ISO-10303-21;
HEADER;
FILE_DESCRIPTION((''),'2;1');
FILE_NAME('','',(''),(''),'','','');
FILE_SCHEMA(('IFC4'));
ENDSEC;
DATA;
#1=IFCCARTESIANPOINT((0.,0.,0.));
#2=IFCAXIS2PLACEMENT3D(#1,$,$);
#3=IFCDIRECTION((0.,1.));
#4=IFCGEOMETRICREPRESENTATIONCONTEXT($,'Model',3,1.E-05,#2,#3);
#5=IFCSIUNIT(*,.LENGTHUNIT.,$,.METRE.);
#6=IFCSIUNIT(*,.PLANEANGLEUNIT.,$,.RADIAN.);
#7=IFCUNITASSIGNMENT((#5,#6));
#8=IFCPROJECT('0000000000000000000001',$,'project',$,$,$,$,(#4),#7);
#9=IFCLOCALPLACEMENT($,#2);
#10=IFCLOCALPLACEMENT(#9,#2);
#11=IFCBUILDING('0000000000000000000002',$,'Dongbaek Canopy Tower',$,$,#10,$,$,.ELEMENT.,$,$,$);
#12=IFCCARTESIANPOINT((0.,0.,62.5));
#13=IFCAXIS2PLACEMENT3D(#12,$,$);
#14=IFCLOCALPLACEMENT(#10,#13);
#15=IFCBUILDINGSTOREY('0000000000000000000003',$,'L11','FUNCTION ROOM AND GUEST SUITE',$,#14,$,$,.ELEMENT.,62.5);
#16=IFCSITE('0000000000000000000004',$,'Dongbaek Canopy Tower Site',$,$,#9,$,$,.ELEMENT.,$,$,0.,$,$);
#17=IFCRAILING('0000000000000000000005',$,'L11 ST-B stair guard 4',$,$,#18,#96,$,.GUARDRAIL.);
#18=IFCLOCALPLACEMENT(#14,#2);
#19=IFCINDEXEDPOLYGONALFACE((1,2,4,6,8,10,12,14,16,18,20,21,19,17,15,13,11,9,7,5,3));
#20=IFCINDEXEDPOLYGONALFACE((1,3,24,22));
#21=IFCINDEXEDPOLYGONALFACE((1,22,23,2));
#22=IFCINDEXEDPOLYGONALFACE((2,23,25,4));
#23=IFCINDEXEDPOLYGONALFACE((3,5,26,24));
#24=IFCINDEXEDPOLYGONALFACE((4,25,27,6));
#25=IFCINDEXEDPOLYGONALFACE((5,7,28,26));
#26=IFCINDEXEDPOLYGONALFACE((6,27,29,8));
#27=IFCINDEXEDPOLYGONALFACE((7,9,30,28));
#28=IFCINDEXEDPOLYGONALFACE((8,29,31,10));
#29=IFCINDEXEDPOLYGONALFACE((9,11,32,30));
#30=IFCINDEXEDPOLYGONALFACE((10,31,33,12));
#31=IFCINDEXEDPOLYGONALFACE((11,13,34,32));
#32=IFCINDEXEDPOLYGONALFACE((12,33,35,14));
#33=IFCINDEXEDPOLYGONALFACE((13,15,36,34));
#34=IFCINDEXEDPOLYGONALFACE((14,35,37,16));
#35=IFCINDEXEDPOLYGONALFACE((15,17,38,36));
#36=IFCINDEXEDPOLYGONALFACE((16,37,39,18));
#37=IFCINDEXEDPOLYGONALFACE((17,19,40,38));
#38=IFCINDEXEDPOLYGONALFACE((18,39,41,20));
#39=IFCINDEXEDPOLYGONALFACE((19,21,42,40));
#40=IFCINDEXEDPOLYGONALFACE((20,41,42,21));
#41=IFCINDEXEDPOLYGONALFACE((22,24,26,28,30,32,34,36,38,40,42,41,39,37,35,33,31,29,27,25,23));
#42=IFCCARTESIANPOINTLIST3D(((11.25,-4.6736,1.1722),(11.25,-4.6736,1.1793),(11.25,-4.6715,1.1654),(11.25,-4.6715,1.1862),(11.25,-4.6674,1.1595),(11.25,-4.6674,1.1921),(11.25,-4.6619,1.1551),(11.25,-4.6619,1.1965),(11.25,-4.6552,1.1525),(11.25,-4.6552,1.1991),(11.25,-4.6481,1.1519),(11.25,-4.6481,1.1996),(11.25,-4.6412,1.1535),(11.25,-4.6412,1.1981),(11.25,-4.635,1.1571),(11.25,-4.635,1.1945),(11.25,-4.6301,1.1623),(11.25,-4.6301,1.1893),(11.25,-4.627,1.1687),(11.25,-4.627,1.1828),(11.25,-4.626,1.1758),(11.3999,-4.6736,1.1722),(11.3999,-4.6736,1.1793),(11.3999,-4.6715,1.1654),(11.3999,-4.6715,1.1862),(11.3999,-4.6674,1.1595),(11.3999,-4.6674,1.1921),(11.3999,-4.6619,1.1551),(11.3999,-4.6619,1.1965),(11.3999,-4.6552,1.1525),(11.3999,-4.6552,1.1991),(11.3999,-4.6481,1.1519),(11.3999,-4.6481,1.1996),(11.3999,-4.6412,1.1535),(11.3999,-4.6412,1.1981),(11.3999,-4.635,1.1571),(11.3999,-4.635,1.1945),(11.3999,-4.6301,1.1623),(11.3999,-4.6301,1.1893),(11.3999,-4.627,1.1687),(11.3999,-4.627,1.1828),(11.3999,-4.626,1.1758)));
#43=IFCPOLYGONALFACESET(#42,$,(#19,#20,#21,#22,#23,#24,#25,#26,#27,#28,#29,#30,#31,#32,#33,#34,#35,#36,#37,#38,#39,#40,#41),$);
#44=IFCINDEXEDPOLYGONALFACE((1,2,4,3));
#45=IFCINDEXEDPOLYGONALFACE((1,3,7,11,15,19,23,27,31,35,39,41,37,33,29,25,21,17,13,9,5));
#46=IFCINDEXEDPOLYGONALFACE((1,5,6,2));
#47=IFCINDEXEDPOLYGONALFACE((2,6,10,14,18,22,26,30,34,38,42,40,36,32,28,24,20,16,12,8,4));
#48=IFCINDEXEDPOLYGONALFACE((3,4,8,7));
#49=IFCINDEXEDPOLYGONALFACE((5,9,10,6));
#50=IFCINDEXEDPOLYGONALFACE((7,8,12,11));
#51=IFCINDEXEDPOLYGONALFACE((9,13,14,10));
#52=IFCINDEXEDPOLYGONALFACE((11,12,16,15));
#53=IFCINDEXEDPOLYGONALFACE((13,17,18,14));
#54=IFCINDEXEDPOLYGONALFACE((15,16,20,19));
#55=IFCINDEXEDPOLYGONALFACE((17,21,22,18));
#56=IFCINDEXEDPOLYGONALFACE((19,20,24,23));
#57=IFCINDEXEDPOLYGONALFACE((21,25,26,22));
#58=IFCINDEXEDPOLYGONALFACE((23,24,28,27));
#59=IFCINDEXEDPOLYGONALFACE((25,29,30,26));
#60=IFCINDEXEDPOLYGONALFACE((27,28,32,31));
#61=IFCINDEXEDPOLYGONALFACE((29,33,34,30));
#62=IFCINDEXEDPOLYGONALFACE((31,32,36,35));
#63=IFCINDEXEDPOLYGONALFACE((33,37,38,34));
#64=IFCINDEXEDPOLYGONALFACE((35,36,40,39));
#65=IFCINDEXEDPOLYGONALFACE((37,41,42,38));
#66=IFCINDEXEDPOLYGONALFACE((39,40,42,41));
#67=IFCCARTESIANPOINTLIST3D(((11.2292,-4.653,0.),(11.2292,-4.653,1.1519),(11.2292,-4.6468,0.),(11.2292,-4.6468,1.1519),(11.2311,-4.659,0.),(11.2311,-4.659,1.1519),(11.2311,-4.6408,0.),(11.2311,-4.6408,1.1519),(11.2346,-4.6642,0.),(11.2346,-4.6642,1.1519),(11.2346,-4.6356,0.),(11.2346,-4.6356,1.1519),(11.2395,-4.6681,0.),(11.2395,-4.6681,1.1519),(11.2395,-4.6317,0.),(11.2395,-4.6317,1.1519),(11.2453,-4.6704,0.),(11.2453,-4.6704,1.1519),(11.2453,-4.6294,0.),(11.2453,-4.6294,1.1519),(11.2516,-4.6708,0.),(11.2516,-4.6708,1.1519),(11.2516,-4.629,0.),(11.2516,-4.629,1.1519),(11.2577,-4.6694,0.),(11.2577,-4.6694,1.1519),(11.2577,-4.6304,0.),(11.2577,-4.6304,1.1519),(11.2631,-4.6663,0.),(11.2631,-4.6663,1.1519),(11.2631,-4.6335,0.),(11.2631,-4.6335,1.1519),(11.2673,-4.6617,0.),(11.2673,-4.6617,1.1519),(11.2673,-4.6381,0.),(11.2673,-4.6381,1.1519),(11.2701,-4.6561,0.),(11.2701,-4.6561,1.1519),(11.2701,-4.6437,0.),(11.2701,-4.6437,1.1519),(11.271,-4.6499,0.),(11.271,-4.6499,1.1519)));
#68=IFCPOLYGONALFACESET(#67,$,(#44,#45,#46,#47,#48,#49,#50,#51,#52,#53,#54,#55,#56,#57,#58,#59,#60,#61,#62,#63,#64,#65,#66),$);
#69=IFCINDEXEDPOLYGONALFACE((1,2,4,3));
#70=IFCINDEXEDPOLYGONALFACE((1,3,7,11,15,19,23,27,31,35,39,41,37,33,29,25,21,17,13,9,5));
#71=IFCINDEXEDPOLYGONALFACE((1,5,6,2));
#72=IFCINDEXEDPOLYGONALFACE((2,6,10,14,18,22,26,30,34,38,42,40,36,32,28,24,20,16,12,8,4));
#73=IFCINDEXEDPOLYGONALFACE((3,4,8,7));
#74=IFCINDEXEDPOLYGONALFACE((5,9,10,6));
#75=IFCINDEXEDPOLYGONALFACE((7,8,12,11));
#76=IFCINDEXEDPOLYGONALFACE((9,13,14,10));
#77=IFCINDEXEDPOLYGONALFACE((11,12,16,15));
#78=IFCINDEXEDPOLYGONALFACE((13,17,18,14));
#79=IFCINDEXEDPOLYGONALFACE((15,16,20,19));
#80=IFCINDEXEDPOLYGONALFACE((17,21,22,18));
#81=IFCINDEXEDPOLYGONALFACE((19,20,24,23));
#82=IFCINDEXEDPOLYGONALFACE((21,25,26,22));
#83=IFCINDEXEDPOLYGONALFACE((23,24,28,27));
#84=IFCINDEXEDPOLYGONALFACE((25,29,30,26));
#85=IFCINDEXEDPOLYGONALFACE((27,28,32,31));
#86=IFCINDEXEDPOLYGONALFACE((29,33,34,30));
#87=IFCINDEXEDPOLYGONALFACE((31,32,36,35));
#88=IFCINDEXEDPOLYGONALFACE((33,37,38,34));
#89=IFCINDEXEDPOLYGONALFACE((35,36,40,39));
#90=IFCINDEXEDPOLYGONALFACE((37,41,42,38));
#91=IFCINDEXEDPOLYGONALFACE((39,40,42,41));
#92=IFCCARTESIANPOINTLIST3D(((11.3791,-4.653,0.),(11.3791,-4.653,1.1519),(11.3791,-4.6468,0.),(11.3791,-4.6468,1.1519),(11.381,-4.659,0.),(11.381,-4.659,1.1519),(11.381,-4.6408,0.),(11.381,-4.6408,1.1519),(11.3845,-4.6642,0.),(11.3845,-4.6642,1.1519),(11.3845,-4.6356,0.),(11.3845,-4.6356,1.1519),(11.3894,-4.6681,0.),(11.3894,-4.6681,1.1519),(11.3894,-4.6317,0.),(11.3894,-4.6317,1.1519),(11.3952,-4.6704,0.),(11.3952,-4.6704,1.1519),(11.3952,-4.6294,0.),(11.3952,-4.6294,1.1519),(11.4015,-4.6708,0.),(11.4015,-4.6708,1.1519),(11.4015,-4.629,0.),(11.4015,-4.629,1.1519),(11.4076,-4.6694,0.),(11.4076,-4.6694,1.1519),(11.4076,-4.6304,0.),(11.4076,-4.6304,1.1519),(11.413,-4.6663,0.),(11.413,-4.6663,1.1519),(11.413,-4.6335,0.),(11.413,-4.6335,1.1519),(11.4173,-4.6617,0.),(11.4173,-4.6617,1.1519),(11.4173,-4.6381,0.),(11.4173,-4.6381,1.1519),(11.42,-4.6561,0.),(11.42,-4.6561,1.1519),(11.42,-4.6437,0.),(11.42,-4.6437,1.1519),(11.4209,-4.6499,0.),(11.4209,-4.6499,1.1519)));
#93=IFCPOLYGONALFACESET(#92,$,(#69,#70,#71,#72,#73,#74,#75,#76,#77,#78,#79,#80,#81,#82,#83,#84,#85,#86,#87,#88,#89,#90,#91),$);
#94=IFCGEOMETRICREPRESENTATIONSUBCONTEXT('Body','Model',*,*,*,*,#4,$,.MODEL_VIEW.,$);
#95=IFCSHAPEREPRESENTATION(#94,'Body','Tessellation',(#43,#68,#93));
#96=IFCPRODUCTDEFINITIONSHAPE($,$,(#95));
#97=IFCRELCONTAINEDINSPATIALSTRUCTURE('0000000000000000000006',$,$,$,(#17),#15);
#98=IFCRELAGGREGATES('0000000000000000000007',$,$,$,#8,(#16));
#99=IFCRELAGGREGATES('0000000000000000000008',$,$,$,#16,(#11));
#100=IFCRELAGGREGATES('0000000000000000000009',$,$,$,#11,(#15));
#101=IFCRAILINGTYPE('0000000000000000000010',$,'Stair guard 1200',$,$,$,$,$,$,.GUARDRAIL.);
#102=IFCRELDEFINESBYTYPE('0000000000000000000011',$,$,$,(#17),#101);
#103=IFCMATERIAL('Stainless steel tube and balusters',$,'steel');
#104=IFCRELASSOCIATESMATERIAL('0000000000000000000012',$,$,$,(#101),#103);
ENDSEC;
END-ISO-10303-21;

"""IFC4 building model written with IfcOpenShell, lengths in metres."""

from ifc_helpers import new_model, si_unit, direction, frame, origin, origin_2d, place, context, subcontext, project, spatial, circle, extrude, material, type_object, element, save


model = new_model("IFC4")

# Units and contexts
model_context = context("Model", 3, precision=1e-05, world=origin(), true_north=direction((0.0, 1.0)))
body_context = subcontext(model_context, "Body", "Model", "MODEL_VIEW")
ifc_project = project(units=[si_unit("LENGTHUNIT", "METRE"), si_unit("PLANEANGLEUNIT", "RADIAN")], contexts=[model_context])

# Site, building, storey
site_placement = place(None, origin())
site = spatial("IfcSite", under=ifc_project, at=site_placement, Name="Dongbaek Canopy Tower Site", CompositionType="ELEMENT", RefElevation=0.0)
building_placement = place(site_placement, origin())
building = spatial("IfcBuilding", under=site, at=building_placement, Name="Dongbaek Canopy Tower", CompositionType="ELEMENT")
storey_placement = place(building_placement, frame((0.0, 0.0, 62.5)))
storey = spatial("IfcBuildingStorey", under=building, at=storey_placement, Name="L11", Description="FUNCTION ROOM AND GUEST SUITE", CompositionType="ELEMENT", Elevation=62.5)

# Railing
ifc_material_1 = material(Name="Stainless steel tube and balusters", Category="steel")
railing_type_1 = type_object("IfcRailingType", Name="Stair guard 1200", PredefinedType="GUARDRAIL", material=ifc_material_1)
railing_1_placement = place(storey_placement, frame((11.25, -4.6499, 0.0)))
element("IfcRailing", 1, at=railing_1_placement, inside=storey, type_object=railing_type_1, Name="L11 ST-B stair guard 4", PredefinedType="GUARDRAIL", context=body_context, shape_type="SweptSolid", body=[
    extrude(circle(Radius=0.0239, at=origin_2d()), frame((0.0, 0.0, 1.1758), z_axis=(1.0, 0.0, 0.0), x_axis=(0.0, 1.0, 0.0)), (0.0, 0.0, 1.0), 0.1499),
    extrude(circle(Radius=0.021, at=origin_2d()), origin(), (0.0, 0.0, 1.0), 1.1519),
    extrude(circle(Radius=0.021, at=origin_2d()), frame((0.1499, 0.0, 0.0)), (0.0, 0.0, 1.0), 1.1519),
])

save(model, "model.ifc")
